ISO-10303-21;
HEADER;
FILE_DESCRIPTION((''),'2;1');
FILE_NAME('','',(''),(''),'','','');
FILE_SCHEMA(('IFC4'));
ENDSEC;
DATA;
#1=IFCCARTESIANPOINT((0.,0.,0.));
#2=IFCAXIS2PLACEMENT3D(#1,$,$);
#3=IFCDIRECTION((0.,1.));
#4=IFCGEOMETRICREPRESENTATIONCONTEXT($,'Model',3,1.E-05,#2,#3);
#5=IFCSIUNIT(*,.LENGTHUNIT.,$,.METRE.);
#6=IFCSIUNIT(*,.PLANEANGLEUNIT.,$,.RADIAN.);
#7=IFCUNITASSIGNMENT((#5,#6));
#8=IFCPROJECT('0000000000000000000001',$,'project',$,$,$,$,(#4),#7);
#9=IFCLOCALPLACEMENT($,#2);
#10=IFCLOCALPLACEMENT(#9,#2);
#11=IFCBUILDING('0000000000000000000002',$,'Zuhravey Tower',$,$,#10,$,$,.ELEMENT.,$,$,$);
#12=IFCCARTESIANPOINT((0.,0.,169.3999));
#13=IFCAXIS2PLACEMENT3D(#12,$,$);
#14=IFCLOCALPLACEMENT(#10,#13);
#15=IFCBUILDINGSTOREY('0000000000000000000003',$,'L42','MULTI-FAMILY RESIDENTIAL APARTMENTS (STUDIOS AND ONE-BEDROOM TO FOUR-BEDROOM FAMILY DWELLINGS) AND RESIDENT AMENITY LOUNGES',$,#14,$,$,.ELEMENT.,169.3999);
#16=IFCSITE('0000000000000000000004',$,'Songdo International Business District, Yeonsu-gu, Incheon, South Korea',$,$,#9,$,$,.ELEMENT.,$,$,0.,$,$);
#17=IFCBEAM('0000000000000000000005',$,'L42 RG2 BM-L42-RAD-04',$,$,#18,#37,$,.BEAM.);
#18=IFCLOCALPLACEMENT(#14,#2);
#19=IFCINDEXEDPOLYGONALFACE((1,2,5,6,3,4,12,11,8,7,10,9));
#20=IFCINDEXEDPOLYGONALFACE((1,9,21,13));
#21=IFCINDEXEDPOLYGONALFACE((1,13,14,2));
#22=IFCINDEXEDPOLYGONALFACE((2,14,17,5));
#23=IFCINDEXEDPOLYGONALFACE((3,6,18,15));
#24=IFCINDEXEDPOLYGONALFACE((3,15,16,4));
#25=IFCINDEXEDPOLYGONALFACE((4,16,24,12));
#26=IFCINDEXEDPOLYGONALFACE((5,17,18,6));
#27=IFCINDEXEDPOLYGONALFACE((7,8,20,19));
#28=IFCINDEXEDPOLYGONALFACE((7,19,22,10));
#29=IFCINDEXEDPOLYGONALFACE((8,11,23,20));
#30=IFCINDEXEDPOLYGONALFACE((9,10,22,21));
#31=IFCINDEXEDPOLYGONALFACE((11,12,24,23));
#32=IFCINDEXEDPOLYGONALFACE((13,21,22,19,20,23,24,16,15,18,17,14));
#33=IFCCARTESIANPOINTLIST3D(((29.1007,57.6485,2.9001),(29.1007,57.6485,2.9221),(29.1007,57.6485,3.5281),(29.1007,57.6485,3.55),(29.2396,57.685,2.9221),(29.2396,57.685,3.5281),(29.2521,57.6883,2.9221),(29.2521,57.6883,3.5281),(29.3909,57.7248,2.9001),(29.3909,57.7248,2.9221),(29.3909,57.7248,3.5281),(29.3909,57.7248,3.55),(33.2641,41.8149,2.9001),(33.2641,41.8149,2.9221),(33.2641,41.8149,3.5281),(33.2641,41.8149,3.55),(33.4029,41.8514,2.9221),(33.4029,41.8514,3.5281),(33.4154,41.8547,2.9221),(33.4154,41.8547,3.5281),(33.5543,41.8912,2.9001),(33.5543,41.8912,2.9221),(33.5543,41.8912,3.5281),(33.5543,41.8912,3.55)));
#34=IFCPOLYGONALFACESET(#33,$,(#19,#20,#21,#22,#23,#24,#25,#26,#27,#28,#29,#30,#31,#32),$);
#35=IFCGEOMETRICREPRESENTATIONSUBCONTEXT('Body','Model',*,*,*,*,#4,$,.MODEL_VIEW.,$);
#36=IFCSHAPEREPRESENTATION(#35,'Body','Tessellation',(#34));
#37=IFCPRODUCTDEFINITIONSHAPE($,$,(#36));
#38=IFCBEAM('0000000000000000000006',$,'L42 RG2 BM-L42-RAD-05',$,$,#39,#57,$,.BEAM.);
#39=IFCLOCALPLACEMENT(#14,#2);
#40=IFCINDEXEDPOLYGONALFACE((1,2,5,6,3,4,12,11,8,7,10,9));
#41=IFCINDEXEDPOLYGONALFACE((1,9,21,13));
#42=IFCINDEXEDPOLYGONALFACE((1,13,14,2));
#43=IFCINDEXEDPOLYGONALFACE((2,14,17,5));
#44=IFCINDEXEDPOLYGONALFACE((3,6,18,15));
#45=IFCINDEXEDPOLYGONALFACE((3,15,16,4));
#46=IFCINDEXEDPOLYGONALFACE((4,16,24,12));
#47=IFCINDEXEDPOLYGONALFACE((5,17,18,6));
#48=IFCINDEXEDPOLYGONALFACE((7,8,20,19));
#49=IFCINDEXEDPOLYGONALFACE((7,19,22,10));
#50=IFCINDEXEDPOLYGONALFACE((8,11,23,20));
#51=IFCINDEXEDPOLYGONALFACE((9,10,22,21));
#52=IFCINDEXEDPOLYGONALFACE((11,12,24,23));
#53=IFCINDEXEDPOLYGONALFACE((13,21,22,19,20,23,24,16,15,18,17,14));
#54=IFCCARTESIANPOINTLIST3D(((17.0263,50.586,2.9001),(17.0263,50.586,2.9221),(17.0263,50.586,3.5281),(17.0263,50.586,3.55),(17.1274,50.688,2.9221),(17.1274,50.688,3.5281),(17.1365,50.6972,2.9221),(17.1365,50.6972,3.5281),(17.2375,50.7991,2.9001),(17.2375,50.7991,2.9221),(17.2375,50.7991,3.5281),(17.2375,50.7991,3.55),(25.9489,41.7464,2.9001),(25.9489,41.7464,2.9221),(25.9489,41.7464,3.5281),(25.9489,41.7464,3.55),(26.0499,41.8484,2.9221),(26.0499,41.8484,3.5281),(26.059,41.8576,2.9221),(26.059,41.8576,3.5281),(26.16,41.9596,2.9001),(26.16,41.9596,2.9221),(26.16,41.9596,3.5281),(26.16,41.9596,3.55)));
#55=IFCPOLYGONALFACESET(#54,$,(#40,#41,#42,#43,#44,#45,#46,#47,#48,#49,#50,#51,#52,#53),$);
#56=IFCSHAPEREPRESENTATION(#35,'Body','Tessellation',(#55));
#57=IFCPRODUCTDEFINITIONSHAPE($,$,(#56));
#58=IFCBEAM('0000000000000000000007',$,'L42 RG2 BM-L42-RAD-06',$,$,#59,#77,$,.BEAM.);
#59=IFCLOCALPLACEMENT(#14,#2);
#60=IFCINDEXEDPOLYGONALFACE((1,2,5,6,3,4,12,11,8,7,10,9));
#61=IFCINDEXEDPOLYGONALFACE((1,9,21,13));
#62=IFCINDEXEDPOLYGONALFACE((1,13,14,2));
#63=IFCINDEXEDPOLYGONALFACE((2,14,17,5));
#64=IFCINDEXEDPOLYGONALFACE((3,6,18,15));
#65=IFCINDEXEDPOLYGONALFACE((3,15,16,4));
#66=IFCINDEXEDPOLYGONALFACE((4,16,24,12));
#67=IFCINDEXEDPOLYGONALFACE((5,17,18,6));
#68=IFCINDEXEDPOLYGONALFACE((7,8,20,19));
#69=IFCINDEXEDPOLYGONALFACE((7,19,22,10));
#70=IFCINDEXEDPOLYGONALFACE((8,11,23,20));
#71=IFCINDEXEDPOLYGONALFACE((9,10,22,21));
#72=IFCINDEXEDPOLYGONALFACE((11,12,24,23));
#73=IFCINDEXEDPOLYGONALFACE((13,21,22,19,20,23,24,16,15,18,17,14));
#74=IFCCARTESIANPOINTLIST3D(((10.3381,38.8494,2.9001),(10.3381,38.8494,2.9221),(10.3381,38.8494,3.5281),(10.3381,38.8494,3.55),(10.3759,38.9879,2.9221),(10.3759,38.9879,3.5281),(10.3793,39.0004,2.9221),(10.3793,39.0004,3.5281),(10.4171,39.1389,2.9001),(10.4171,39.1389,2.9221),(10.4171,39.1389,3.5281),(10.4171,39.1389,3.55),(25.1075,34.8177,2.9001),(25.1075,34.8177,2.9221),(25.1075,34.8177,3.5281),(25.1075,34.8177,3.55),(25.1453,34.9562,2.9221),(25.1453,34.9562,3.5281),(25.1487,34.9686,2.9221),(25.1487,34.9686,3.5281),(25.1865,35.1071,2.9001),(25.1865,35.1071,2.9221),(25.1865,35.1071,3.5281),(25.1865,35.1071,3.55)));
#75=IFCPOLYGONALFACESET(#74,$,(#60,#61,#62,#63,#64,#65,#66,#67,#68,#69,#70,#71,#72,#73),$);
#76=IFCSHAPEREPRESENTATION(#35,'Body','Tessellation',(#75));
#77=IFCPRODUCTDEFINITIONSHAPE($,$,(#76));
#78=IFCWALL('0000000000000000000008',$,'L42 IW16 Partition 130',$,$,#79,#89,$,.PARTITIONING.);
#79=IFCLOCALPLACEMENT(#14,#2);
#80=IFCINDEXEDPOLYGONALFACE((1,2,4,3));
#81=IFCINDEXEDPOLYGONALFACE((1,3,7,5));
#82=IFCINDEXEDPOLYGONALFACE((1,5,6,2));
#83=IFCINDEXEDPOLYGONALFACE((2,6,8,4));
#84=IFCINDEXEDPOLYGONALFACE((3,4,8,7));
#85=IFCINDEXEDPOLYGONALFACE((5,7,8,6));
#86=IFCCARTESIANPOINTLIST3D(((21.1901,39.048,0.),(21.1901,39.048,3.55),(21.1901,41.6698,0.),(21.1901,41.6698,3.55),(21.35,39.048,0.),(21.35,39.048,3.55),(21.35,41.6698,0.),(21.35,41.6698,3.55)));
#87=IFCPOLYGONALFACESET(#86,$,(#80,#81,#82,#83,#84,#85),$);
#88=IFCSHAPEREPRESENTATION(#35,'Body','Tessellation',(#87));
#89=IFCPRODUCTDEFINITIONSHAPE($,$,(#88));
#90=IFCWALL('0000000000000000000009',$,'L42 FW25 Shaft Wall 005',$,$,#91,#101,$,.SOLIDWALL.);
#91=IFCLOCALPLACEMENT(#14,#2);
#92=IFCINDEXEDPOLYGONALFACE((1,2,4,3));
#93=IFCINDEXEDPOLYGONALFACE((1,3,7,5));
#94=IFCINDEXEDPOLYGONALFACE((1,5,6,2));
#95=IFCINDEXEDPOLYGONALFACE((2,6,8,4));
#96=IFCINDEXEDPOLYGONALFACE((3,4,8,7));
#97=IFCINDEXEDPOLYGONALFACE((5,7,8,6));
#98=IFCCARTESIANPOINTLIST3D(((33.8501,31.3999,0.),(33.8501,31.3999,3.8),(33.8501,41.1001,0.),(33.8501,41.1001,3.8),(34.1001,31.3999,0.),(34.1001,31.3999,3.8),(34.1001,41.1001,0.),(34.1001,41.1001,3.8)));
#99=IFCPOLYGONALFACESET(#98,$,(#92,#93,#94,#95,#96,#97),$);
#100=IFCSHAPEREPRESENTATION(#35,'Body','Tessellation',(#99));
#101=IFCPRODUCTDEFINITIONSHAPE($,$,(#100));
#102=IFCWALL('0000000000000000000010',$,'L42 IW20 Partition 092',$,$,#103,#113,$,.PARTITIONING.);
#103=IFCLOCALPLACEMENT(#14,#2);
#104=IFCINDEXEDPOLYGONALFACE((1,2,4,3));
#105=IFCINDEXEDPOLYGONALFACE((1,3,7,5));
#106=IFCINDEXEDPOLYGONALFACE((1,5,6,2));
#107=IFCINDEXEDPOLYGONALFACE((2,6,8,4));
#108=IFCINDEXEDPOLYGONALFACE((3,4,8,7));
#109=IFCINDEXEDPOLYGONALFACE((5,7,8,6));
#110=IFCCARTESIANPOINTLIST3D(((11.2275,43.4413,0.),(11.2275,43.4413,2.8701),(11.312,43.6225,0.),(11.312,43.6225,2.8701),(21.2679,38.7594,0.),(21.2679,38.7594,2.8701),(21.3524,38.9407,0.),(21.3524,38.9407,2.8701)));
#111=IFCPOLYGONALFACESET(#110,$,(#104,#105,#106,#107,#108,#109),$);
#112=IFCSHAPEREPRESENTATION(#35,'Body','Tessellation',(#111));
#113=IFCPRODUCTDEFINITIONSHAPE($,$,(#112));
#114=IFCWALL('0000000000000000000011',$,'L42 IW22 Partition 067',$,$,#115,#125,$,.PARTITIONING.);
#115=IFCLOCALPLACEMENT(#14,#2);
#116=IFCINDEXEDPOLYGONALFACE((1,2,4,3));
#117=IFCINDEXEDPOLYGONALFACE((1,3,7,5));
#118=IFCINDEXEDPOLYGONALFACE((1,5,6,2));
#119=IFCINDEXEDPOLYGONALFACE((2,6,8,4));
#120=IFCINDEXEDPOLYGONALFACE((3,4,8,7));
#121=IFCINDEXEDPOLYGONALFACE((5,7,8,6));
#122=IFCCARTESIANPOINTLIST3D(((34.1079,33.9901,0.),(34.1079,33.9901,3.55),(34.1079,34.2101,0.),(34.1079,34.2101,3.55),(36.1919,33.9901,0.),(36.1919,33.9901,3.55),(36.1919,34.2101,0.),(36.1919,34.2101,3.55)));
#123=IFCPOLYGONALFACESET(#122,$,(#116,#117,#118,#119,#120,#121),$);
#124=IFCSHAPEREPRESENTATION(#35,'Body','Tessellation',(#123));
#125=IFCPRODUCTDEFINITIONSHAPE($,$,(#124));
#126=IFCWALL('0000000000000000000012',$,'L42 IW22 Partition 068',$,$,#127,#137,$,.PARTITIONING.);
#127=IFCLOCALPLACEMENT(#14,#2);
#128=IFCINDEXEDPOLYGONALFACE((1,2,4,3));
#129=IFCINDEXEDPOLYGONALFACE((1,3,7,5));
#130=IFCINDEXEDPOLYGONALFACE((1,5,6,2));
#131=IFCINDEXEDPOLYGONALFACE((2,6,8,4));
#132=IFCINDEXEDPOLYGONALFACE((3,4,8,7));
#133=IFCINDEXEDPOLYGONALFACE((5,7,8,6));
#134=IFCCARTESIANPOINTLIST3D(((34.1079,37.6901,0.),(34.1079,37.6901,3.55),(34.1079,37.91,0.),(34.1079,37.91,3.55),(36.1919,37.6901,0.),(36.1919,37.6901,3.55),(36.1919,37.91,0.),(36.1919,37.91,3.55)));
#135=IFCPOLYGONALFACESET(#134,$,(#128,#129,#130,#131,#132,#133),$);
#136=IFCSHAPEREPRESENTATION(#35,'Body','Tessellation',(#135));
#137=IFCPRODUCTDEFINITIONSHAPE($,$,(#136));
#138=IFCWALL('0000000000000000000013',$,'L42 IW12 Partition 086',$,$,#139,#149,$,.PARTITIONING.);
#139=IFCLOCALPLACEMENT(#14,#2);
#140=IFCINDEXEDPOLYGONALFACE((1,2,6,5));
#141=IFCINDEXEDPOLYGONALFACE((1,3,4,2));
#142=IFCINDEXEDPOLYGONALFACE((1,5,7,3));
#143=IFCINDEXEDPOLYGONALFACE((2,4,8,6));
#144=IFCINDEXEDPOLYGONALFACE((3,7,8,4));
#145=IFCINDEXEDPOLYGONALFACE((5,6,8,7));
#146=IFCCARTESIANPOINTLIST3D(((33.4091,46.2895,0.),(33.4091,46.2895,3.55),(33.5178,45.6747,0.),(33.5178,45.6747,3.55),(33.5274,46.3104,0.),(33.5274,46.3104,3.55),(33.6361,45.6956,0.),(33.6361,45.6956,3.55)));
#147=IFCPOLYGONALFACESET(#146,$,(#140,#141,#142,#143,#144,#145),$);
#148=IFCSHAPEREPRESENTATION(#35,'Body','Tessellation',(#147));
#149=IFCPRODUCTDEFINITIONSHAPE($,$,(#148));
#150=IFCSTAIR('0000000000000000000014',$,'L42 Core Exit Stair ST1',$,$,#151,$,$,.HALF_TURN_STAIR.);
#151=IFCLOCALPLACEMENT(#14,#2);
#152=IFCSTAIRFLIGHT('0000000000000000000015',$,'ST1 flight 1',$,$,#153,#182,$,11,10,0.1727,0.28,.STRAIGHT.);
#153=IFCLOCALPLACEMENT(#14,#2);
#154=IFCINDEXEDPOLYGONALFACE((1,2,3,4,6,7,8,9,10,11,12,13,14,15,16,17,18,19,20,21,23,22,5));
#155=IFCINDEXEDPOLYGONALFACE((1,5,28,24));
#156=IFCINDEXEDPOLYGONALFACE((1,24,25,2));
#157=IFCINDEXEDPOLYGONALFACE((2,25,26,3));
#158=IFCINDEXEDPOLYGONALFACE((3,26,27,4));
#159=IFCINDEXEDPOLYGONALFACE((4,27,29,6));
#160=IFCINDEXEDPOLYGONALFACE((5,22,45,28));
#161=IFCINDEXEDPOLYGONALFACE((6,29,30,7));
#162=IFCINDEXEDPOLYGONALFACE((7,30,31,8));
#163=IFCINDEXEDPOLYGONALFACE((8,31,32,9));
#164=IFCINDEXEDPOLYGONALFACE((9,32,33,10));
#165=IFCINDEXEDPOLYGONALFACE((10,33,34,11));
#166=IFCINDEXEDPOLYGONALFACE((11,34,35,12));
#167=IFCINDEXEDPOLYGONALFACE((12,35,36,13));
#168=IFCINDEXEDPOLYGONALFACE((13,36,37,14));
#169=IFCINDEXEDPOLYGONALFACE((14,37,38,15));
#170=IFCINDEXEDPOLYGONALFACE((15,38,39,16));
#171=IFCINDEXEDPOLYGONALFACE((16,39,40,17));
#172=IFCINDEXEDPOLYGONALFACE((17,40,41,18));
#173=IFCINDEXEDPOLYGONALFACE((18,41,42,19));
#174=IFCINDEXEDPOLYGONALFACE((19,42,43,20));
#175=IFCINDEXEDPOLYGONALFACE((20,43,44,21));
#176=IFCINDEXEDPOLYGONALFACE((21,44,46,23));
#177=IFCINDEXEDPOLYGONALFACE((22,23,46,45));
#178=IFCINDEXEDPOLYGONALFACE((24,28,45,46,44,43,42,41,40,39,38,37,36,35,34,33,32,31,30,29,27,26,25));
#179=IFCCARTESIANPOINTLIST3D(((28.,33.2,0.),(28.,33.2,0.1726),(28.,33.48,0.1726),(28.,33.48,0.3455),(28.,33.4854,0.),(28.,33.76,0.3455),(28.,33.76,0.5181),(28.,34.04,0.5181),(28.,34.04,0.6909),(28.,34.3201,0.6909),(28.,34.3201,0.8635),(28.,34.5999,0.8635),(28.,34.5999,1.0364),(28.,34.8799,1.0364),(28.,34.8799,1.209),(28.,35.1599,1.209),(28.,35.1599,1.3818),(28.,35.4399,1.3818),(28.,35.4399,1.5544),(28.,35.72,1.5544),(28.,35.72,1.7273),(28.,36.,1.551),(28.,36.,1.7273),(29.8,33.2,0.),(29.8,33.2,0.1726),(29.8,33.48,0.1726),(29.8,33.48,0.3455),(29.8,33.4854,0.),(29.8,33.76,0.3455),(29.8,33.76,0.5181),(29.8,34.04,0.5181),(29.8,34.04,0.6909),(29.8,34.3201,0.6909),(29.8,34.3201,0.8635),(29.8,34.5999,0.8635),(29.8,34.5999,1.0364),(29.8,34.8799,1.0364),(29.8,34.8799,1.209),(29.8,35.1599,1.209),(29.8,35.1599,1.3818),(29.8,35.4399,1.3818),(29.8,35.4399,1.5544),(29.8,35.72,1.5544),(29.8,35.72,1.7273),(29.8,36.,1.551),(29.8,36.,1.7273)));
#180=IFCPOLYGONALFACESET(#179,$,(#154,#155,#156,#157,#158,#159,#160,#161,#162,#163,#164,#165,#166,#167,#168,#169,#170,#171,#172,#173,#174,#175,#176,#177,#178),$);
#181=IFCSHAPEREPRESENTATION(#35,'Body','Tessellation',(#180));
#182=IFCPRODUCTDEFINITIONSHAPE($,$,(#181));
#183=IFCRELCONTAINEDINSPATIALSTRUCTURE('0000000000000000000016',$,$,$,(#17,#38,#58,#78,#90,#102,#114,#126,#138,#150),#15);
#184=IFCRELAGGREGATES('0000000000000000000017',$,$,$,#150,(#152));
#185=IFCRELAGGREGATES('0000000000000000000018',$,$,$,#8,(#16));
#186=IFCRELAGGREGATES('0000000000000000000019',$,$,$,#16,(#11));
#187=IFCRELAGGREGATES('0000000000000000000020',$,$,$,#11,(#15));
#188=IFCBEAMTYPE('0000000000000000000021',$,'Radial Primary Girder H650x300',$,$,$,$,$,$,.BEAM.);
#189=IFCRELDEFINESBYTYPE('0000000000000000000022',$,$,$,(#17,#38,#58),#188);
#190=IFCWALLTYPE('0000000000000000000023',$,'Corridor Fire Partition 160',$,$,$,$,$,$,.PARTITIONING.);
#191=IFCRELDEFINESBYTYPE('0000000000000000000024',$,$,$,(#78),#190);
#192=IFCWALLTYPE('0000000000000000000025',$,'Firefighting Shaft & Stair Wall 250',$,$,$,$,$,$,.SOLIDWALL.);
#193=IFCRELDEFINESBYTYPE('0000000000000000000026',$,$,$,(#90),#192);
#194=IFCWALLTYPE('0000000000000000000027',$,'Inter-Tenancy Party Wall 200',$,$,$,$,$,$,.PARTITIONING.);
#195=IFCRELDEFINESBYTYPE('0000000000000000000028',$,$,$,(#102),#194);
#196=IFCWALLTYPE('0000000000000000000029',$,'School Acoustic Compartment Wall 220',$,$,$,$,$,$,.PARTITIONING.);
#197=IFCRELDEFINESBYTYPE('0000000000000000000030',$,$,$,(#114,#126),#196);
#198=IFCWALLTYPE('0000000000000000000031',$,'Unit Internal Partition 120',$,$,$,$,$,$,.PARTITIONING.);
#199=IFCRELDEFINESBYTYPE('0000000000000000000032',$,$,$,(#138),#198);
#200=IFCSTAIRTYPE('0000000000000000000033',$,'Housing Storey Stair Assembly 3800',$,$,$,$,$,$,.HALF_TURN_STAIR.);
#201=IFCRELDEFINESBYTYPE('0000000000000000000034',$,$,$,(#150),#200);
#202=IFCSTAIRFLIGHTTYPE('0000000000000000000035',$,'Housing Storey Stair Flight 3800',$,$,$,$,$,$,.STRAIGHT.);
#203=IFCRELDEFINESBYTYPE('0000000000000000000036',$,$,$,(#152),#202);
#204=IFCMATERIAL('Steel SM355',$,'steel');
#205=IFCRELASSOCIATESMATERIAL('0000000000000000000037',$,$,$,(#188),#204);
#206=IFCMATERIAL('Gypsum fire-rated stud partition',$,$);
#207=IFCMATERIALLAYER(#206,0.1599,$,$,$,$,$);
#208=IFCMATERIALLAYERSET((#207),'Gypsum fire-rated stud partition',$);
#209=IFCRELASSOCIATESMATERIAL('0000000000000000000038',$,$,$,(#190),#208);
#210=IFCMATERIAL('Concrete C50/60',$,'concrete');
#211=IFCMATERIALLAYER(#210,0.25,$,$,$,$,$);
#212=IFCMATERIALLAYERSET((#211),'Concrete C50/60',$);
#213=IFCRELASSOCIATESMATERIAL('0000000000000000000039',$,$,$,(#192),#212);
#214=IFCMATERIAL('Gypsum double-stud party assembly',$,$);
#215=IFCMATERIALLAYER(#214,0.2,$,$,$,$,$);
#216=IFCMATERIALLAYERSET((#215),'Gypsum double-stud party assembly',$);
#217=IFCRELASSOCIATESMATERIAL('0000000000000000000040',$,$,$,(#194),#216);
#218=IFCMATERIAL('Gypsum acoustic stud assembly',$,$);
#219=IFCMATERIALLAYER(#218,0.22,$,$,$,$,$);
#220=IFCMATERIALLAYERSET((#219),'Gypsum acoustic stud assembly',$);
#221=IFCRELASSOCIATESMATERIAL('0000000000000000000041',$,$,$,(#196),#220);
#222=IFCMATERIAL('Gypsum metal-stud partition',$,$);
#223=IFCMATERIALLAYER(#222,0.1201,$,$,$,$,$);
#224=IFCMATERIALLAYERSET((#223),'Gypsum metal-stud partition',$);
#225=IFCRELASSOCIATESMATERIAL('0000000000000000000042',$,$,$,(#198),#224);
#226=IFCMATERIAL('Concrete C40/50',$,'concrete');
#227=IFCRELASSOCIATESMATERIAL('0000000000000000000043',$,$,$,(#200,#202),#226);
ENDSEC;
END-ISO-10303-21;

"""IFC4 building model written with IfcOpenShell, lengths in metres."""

from ifc_helpers import new_model, si_unit, direction, frame, frame_2d, origin, origin_2d, place, context, subcontext, project, spatial, polyline, rectangle, i_section, outline, extrude, material, layer, layer_set, material_profile, profile_set, type_object, element, aggregate, save


model = new_model("IFC4")

# Units and contexts
model_context = context("Model", 3, precision=1e-05, world=origin(), true_north=direction((0.0, 1.0)))
body_context = subcontext(model_context, "Body", "Model", "MODEL_VIEW")
ifc_project = project(units=[si_unit("LENGTHUNIT", "METRE"), si_unit("PLANEANGLEUNIT", "RADIAN")], contexts=[model_context])

# Site, building, storey
site_placement = place(None, origin())
site = spatial("IfcSite", under=ifc_project, at=site_placement, Name="Songdo International Business District, Yeonsu-gu, Incheon, South Korea", CompositionType="ELEMENT", RefElevation=0.0)
building_placement = place(site_placement, origin())
building = spatial("IfcBuilding", under=site, at=building_placement, Name="Zuhravey Tower", CompositionType="ELEMENT")
storey_placement = place(building_placement, frame((0.0, 0.0, 169.3999)))
storey = spatial("IfcBuildingStorey", under=building, at=storey_placement, Name="L42", Description="MULTI-FAMILY RESIDENTIAL APARTMENTS (STUDIOS AND ONE-BEDROOM TO FOUR-BEDROOM FAMILY DWELLINGS) AND RESIDENT AMENITY LOUNGES", CompositionType="ELEMENT", Elevation=169.3999)

# Beams
ifc_material_1 = material(Name="Steel SM355", Category="steel")
ifc_material_profile = material_profile(ifc_material_1, i_section(OverallWidth=0.3, OverallDepth=0.6499, WebThickness=0.0129, FlangeThickness=0.022, at=origin_2d()), Name="H-650x300x13x22")
ifc_profile_set = profile_set([ifc_material_profile], Name="Steel SM355")
beam_type = type_object("IfcBeamType", Name="Radial Primary Girder H650x300", PredefinedType="BEAM", material=ifc_profile_set)
beam_1_placement = place(storey_placement, frame((33.4092, 41.853, 3.2251), z_axis=(-0.2543, 0.967125, 0.0), x_axis=(-0.967125, -0.2543, 0.0)))
element("IfcBeam", 1, at=beam_1_placement, inside=storey, type_object=beam_type, Name="L42 RG2 BM-L42-RAD-04", PredefinedType="BEAM", context=body_context, shape_type="SweptSolid", body=[
    extrude(i_section(OverallWidth=0.3, OverallDepth=0.6499, WebThickness=0.0129, FlangeThickness=0.022, at=origin_2d()), origin(), (0.0, 0.0, 1.0), 16.3718),
])
beam_2_placement = place(storey_placement, frame((26.0544, 41.853, 3.2251), z_axis=(-0.710404, 0.703795, 0.0), x_axis=(-0.703795, -0.710404, 0.0)))
element("IfcBeam", 2, at=beam_2_placement, inside=storey, type_object=beam_type, Name="L42 RG2 BM-L42-RAD-05", PredefinedType="BEAM", context=body_context, shape_type="SweptSolid", body=[
    extrude(i_section(OverallWidth=0.3, OverallDepth=0.6499, WebThickness=0.0129, FlangeThickness=0.022, at=origin_2d()), origin(), (0.0, 0.0, 1.0), 12.5598),
])
beam_3_placement = place(storey_placement, frame((25.147, 34.9624, 3.2251), z_axis=(-0.964702, 0.263345, 0.0), x_axis=(-0.263345, -0.964702, 0.0)))
element("IfcBeam", 3, at=beam_3_placement, inside=storey, type_object=beam_type, Name="L42 RG2 BM-L42-RAD-06", PredefinedType="BEAM", context=body_context, shape_type="SweptSolid", body=[
    extrude(i_section(OverallWidth=0.3, OverallDepth=0.6499, WebThickness=0.0129, FlangeThickness=0.022, at=origin_2d()), origin(), (0.0, 0.0, 1.0), 15.3098),
])

# Shared definitions
ifc_material_2 = material(Name="Gypsum fire-rated stud partition")
ifc_layer_1 = layer(ifc_material_2, 0.1599)
ifc_layer_set_1 = layer_set([ifc_layer_1], Name="Gypsum fire-rated stud partition")
wall_type_1 = type_object("IfcWallType", Name="Corridor Fire Partition 160", PredefinedType="PARTITIONING", material=ifc_layer_set_1)

# Walls
wall_1_placement = place(storey_placement, frame((21.27, 41.6699, 0.0), z_axis=(0.0, 0.0, 1.0), x_axis=(0.0, -1.0, 0.0)))
element("IfcWall", 4, at=wall_1_placement, inside=storey, type_object=wall_type_1, Name="L42 IW16 Partition 130", PredefinedType="PARTITIONING", context=body_context, shape_type="SweptSolid", body=[
    extrude(rectangle(XDim=2.6218, YDim=0.1599, at=frame_2d((1.311, 0.0))), origin(), (0.0, 0.0, 1.0), 3.55),
])
ifc_material_3 = material(Name="Concrete C50/60", Category="concrete")
ifc_layer_2 = layer(ifc_material_3, 0.25)
ifc_layer_set_2 = layer_set([ifc_layer_2], Name="Concrete C50/60")
wall_type_2 = type_object("IfcWallType", Name="Firefighting Shaft & Stair Wall 250", PredefinedType="SOLIDWALL", material=ifc_layer_set_2)
wall_2_placement = place(storey_placement, frame((33.9751, 31.3999, 0.0), z_axis=(0.0, 0.0, 1.0), x_axis=(0.0, 1.0, 0.0)))
element("IfcWall", 5, at=wall_2_placement, inside=storey, type_object=wall_type_2, Name="L42 FW25 Shaft Wall 005", PredefinedType="SOLIDWALL", context=body_context, shape_type="SweptSolid", body=[
    extrude(rectangle(XDim=9.7002, YDim=0.25, at=frame_2d((4.8501, 0.0))), origin(), (0.0, 0.0, 1.0), 3.8),
])
ifc_material_4 = material(Name="Gypsum double-stud party assembly")
ifc_layer_3 = layer(ifc_material_4, 0.2)
ifc_layer_set_3 = layer_set([ifc_layer_3], Name="Gypsum double-stud party assembly")
wall_type_3 = type_object("IfcWallType", Name="Inter-Tenancy Party Wall 200", PredefinedType="PARTITIONING", material=ifc_layer_set_3)
wall_3_placement = place(storey_placement, frame((21.3101, 38.8501, 0.0), z_axis=(0.0, 0.0, 1.0), x_axis=(-0.906311, 0.422612, 0.0)))
element("IfcWall", 6, at=wall_3_placement, inside=storey, type_object=wall_type_3, Name="L42 IW20 Partition 092", PredefinedType="PARTITIONING", context=body_context, shape_type="SweptSolid", body=[
    extrude(rectangle(XDim=11.0784, YDim=0.2, at=frame_2d((5.5391, 0.0))), origin(), (0.0, 0.0, 1.0), 2.8701),
])
ifc_material_5 = material(Name="Gypsum acoustic stud assembly")
ifc_layer_4 = layer(ifc_material_5, 0.22)
ifc_layer_set_4 = layer_set([ifc_layer_4], Name="Gypsum acoustic stud assembly")
wall_type_4 = type_object("IfcWallType", Name="School Acoustic Compartment Wall 220", PredefinedType="PARTITIONING", material=ifc_layer_set_4)
for number, where, z_axis, x_axis, name in (
    (7, (34.1079, 34.1001, 0.0), (0.0, 0.0, 1.0), (1.0, 0.0, 0.0), "L42 IW22 Partition 067"),
    (8, (34.1079, 37.8, 0.0), (0.0, 0.0, 1.0), (1.0, 0.0, 0.0), "L42 IW22 Partition 068"),
):
    element("IfcWall", number, at=place(storey_placement, frame(where, z_axis=z_axis, x_axis=x_axis)), inside=storey, type_object=wall_type_4, Name=name, PredefinedType="PARTITIONING", context=body_context, shape_type="SweptSolid", body=[
        extrude(rectangle(XDim=2.084, YDim=0.22, at=frame_2d((1.042, 0.0))), origin(), (0.0, 0.0, 1.0), 3.55),
    ])
ifc_material_6 = material(Name="Gypsum metal-stud partition")
ifc_layer_5 = layer(ifc_material_6, 0.1201)
ifc_layer_set_5 = layer_set([ifc_layer_5], Name="Gypsum metal-stud partition")
wall_type_5 = type_object("IfcWallType", Name="Unit Internal Partition 120", PredefinedType="PARTITIONING", material=ifc_layer_set_5)
wall_4_placement = place(storey_placement, frame((33.5769, 45.6853, 0.0), z_axis=(0.0, 0.0, 1.0), x_axis=(-0.174031, 0.98474, 0.0)))
element("IfcWall", 9, at=wall_4_placement, inside=storey, type_object=wall_type_5, Name="L42 IW12 Partition 086", PredefinedType="PARTITIONING", context=body_context, shape_type="SweptSolid", body=[
    extrude(rectangle(XDim=0.6243, YDim=0.1201, at=frame_2d((0.312, 0.0))), origin(), (0.0, 0.0, 1.0), 3.55),
])

# Stair, stair flight
ifc_material_7 = material(Name="Concrete C40/50", Category="concrete")
stair_type = type_object("IfcStairType", Name="Housing Storey Stair Assembly 3800", PredefinedType="HALF_TURN_STAIR", material=ifc_material_7)
stair_1_placement = place(storey_placement, origin())
stair_1 = element("IfcStair", 10, at=stair_1_placement, inside=storey, type_object=stair_type, Name="L42 Core Exit Stair ST1", PredefinedType="HALF_TURN_STAIR")
stair_flight_type = type_object("IfcStairFlightType", Name="Housing Storey Stair Flight 3800", PredefinedType="STRAIGHT", material=ifc_material_7)
stair_flight_1_placement = place(storey_placement, frame((28.8999, 33.2, 0.0), z_axis=(0.0, 0.0, 1.0), x_axis=(0.0, 1.0, 0.0)))
stair_flight_1 = element("IfcStairFlight", 11, at=stair_flight_1_placement, type_object=stair_flight_type, Name="ST1 flight 1", NumberOfRisers=11, NumberOfTreads=10, PredefinedType="STRAIGHT", RiserHeight=0.1727, TreadLength=0.28, context=body_context, shape_type="SweptSolid", body=[
    extrude(outline(polyline([(0.0, 0.0), (0.0, 0.1726), (0.28, 0.1726), (0.28, 0.3455), (0.5601, 0.3455), (0.5601, 0.5181), (0.8401, 0.5181), (0.8401, 0.6909), (1.1201, 0.6909), (1.1201, 0.8635), (1.3999, 0.8635), (1.3999, 1.0364), (1.6799, 1.0364), (1.6799, 1.209), (1.96, 1.209), (1.96, 1.3818), (2.24, 1.3818), (2.24, 1.5544), (2.52, 1.5544), (2.52, 1.7273), (2.8, 1.7273), (2.8, 1.8999), (2.8, 1.551), (0.2854, 0.0), (0.0, 0.0)])), frame((0.0, 0.8999, 0.0), z_axis=(0.0, -1.0, 0.0), x_axis=(1.0, 0.0, 0.0)), (0.0, 0.0, 1.0), 1.8),
])
aggregate(stair_1, [stair_flight_1])

save(model, "model.ifc")
